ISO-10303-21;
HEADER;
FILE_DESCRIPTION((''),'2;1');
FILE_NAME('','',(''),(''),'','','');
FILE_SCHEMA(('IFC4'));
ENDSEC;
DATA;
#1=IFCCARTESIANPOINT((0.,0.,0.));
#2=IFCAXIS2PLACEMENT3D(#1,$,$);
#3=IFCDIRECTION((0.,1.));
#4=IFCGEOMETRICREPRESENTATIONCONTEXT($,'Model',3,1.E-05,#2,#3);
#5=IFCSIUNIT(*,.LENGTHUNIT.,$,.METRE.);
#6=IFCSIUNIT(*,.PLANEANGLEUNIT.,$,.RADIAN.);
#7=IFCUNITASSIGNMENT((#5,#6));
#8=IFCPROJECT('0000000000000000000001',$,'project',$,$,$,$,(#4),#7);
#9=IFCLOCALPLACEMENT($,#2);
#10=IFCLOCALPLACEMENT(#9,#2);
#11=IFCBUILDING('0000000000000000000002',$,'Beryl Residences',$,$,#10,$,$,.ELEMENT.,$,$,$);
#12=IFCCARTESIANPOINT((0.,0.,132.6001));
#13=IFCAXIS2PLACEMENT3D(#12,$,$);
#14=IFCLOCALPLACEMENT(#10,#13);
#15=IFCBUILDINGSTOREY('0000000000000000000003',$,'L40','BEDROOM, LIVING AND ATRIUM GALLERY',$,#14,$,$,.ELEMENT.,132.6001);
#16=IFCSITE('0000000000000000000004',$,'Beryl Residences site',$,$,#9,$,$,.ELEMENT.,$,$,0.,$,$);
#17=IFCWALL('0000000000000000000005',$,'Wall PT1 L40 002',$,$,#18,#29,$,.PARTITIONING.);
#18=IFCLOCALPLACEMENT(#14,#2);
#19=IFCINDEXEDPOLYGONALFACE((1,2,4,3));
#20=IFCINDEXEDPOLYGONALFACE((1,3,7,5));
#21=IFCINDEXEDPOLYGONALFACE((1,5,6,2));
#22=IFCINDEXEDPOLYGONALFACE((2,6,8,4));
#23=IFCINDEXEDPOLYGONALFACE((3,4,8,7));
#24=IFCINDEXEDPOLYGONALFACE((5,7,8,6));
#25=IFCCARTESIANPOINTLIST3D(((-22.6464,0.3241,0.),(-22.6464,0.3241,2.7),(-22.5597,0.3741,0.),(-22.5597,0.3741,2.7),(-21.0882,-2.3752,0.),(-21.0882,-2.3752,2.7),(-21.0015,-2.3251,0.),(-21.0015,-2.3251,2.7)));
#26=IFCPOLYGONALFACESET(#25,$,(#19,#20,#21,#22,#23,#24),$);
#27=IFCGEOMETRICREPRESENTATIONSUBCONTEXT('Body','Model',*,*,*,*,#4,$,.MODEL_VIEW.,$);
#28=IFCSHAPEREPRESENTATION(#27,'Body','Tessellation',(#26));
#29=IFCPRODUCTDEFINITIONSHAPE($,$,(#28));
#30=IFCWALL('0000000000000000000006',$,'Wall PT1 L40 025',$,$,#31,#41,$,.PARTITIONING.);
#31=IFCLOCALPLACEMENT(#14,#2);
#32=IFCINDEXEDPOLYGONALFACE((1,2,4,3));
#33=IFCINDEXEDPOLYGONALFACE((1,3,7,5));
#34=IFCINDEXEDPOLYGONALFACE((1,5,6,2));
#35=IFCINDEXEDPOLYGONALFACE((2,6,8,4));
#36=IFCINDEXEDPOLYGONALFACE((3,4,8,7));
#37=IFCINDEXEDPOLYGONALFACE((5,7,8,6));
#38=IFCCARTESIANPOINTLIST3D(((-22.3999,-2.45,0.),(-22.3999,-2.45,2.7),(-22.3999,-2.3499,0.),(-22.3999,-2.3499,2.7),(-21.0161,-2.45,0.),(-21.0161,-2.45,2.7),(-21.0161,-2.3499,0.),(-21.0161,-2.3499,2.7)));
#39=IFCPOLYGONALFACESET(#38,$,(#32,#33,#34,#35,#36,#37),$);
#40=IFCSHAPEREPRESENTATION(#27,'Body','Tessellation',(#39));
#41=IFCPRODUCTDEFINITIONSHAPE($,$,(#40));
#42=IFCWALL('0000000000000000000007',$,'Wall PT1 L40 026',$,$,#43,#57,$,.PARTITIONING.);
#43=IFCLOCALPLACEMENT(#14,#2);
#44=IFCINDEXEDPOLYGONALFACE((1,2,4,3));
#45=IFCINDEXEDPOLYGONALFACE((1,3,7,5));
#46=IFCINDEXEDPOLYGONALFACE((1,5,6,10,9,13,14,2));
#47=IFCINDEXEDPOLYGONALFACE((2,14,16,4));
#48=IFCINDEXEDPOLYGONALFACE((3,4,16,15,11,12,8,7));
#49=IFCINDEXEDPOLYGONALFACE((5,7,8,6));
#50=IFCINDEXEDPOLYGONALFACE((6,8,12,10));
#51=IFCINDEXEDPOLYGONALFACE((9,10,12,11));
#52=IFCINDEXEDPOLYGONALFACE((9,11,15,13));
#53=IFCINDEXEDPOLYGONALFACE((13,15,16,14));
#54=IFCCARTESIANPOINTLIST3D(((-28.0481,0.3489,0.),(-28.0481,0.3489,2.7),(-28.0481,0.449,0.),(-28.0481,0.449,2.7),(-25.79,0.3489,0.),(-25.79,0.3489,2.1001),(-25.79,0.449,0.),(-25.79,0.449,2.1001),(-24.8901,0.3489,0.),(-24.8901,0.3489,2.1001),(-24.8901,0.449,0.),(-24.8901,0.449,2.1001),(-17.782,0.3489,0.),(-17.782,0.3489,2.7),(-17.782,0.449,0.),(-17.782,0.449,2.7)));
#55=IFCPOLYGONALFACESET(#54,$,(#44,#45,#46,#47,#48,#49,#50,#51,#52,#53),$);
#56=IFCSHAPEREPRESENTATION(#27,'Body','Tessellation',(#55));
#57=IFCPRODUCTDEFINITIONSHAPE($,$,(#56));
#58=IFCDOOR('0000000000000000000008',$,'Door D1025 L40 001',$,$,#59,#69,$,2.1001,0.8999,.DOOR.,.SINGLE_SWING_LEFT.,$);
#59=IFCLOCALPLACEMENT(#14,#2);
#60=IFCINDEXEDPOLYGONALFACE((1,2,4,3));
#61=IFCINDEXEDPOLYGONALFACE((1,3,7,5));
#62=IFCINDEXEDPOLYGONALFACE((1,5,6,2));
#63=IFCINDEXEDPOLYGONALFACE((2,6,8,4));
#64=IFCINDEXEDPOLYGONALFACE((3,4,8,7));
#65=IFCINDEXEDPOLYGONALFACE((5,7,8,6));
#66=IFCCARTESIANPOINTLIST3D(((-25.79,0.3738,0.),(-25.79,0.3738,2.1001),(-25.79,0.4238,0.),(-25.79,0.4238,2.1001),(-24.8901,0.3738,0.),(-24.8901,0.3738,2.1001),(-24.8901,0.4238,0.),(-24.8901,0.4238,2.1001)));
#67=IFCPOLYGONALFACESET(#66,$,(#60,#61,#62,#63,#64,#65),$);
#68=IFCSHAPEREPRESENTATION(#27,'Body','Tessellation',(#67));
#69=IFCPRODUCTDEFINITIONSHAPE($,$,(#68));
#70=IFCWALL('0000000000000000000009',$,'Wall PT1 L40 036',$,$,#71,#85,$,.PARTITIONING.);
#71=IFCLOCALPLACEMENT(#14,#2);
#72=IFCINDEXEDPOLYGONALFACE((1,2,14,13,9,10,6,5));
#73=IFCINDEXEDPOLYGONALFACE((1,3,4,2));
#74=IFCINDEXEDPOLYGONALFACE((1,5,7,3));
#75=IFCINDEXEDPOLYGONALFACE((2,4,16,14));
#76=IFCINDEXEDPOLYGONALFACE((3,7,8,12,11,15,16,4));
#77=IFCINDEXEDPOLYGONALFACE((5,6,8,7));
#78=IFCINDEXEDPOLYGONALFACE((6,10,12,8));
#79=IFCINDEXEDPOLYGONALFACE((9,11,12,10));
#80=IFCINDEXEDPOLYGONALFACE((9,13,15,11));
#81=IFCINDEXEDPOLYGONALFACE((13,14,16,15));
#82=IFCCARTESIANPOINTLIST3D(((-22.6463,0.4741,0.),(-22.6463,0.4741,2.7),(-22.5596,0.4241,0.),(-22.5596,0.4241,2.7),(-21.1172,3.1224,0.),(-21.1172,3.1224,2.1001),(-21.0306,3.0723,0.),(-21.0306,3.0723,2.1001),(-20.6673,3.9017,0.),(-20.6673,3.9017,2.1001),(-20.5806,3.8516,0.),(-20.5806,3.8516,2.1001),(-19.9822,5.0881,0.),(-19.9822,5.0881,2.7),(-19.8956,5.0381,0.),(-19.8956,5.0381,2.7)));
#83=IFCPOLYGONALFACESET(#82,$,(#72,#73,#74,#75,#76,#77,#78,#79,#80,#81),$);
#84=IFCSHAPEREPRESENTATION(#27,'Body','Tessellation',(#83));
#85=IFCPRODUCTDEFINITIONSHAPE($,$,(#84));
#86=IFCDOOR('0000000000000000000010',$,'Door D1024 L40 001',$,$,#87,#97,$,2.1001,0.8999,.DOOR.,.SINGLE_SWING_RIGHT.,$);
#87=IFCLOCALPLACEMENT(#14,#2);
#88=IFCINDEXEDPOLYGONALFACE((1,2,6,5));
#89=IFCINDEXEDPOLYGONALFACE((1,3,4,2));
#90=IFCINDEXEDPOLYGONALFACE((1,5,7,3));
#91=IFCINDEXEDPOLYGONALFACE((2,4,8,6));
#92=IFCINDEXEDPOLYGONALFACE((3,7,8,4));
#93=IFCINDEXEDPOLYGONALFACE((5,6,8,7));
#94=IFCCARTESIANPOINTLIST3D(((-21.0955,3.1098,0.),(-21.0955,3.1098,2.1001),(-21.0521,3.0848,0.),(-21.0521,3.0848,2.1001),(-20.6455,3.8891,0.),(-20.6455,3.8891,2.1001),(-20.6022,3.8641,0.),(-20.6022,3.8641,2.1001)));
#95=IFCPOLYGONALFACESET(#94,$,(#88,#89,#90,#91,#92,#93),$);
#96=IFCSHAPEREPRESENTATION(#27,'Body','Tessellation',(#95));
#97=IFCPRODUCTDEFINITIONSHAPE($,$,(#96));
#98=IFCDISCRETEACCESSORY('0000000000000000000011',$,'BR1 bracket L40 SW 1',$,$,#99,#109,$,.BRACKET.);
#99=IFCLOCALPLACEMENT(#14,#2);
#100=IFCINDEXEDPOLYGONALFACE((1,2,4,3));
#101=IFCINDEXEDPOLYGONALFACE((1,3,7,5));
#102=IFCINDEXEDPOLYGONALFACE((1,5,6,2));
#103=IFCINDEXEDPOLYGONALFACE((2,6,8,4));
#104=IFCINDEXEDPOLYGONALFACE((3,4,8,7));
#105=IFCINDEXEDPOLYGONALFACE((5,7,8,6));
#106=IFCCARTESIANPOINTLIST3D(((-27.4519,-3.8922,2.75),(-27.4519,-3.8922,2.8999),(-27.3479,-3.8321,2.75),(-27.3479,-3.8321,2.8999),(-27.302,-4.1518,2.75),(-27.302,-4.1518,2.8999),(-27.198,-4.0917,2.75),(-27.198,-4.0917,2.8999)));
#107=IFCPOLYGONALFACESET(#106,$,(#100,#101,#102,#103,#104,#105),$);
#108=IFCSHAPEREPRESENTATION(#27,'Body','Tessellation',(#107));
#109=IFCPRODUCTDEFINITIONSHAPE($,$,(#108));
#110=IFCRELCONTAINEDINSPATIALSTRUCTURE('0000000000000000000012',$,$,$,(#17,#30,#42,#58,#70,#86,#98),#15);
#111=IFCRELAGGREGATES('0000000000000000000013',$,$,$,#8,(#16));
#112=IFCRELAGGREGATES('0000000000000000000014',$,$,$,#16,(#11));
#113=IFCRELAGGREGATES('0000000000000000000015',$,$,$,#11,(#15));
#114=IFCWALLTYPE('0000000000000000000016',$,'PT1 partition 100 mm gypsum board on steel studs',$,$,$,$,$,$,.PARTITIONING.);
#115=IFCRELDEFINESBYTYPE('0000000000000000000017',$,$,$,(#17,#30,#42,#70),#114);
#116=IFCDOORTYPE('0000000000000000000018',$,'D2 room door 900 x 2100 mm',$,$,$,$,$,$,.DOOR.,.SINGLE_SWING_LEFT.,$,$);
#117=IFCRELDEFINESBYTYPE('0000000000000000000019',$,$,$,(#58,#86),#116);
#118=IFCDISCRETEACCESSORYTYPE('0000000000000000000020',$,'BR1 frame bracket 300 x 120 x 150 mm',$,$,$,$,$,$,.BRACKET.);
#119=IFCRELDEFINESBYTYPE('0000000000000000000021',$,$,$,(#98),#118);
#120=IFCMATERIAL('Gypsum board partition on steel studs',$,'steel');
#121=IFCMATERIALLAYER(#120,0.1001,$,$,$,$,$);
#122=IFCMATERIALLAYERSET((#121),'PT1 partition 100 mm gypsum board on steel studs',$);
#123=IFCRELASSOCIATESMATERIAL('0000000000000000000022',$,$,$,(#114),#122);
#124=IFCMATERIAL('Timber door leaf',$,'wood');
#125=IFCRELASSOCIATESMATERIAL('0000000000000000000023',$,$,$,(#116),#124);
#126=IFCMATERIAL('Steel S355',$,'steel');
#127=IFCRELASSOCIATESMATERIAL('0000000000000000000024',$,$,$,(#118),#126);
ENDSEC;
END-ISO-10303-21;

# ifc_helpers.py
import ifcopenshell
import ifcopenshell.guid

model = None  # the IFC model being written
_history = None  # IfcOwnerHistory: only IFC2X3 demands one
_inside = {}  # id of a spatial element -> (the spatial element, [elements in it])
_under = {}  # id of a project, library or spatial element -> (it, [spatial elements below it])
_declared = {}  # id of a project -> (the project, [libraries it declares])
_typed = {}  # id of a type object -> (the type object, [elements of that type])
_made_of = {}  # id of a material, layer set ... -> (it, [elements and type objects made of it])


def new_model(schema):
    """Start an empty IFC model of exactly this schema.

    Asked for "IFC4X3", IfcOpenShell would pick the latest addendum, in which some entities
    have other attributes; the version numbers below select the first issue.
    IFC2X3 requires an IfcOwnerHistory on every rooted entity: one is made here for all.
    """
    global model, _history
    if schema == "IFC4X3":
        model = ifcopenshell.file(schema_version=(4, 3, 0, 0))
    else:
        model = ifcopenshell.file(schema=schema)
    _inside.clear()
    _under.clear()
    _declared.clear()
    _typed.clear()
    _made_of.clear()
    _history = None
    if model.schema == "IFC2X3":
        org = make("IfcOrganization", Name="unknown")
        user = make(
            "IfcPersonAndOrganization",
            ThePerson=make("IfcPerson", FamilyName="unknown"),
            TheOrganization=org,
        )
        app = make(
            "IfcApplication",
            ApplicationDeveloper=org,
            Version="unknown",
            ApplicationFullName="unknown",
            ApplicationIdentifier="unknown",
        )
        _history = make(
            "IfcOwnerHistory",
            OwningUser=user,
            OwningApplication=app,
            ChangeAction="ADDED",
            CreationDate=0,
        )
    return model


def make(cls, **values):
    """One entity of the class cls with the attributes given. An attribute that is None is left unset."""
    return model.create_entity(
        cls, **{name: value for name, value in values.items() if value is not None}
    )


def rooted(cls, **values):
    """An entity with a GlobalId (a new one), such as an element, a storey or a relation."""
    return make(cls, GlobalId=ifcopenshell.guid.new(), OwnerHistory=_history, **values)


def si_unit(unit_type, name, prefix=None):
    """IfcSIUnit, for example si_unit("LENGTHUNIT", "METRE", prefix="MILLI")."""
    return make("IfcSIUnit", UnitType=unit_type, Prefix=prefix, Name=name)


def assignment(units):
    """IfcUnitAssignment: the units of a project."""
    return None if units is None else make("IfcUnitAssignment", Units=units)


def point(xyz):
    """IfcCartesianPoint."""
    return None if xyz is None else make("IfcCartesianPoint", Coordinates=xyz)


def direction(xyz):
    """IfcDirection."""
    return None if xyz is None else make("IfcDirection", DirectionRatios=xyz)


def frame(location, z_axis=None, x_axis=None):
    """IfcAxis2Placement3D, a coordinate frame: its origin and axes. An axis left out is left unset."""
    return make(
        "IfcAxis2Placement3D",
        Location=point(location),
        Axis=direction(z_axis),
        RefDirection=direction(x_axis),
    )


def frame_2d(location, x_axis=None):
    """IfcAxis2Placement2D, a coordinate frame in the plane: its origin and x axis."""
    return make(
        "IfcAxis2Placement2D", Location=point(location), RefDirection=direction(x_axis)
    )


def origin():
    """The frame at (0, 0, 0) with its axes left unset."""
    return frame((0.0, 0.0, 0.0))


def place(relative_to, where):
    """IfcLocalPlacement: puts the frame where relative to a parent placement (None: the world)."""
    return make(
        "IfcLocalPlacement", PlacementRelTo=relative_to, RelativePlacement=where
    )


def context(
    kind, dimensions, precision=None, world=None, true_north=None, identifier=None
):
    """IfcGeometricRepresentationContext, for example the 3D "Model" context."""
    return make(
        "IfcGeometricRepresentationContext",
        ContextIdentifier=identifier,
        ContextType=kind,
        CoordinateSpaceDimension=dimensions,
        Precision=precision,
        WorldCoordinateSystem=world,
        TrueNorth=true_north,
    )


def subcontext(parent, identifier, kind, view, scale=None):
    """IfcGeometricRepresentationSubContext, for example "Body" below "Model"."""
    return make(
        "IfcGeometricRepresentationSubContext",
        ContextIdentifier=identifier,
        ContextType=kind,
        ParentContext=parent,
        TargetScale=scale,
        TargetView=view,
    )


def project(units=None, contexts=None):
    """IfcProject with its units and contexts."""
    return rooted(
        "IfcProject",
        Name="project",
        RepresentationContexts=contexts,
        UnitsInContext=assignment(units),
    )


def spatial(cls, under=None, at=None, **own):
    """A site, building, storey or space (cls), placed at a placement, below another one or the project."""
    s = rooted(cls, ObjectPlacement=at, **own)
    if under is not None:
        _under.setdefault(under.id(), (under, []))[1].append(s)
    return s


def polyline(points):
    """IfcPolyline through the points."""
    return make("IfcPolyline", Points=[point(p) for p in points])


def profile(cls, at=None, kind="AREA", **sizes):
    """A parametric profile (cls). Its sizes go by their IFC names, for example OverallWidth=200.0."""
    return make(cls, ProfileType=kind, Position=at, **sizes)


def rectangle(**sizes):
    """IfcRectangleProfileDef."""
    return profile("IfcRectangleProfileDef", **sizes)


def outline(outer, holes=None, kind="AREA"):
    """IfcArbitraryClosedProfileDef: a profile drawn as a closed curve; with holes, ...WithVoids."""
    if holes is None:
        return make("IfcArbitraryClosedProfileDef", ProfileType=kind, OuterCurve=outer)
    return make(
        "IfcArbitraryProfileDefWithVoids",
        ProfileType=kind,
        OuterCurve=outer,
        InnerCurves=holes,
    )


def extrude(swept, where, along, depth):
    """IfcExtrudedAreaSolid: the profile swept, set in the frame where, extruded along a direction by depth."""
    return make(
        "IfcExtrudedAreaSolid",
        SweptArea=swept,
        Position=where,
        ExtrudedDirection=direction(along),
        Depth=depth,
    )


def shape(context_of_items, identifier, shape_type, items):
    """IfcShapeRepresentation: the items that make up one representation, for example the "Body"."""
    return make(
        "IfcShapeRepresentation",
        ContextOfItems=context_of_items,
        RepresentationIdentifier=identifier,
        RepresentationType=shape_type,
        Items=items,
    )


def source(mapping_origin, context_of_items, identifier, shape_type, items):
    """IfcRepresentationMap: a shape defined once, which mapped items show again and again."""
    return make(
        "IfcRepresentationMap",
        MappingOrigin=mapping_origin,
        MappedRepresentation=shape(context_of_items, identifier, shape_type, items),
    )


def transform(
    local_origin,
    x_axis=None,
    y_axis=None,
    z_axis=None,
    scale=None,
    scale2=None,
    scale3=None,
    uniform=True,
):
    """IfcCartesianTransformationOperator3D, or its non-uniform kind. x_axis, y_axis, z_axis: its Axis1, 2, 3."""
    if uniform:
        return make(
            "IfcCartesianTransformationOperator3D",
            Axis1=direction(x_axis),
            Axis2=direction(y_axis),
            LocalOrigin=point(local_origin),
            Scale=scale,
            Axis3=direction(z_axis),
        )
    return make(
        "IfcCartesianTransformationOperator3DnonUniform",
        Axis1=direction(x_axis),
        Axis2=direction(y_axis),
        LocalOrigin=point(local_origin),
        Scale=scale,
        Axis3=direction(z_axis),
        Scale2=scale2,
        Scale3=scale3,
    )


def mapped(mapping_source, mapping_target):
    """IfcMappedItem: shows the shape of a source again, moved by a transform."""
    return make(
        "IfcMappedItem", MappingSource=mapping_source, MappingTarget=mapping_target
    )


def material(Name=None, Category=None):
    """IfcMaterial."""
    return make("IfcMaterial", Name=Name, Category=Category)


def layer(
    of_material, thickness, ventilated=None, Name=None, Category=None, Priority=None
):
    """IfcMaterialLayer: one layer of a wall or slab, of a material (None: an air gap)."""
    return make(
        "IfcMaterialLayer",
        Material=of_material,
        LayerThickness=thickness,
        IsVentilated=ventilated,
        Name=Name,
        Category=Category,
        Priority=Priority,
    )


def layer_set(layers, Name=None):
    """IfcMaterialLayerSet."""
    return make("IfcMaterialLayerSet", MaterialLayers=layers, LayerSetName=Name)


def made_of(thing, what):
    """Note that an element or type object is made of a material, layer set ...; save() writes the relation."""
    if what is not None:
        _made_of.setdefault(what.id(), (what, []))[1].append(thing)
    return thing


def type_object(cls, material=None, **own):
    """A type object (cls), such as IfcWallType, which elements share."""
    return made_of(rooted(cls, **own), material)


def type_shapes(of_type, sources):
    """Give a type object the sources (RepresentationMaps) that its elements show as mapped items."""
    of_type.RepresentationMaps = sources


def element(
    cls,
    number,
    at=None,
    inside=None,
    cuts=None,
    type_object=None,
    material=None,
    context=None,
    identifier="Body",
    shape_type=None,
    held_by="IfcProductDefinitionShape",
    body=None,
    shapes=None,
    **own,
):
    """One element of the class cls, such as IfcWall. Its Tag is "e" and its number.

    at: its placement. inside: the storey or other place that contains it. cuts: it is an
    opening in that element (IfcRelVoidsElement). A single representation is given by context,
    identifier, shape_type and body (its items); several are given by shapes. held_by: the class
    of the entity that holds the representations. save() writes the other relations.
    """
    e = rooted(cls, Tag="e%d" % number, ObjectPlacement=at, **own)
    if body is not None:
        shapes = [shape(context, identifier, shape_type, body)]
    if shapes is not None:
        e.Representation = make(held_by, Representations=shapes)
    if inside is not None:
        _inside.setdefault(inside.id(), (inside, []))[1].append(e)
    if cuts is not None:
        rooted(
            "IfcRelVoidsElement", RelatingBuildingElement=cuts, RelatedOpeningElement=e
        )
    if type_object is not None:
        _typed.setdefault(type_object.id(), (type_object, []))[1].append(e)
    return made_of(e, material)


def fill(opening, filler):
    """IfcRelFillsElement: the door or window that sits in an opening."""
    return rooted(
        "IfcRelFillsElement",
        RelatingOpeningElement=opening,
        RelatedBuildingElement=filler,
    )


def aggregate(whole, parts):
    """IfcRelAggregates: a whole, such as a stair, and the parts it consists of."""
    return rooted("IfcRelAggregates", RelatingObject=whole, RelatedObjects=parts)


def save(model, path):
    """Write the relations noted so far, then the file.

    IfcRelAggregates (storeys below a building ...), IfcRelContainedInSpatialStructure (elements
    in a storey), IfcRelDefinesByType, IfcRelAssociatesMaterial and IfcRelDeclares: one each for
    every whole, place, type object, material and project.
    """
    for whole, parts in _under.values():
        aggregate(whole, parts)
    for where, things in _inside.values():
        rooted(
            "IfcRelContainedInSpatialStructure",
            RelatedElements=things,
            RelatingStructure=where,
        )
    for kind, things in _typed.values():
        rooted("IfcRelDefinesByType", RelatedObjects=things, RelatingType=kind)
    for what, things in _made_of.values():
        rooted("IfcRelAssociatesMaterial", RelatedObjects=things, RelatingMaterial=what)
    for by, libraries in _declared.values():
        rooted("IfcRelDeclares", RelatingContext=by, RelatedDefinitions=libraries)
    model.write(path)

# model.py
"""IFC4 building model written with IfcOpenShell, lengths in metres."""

from ifc_helpers import new_model, si_unit, direction, frame, frame_2d, origin, place, context, subcontext, project, spatial, polyline, rectangle, outline, extrude, source, transform, mapped, material, layer, layer_set, type_object, type_shapes, element, fill, save


model = new_model("IFC4")

# Units and contexts
model_context = context("Model", 3, precision=1e-05, world=origin(), true_north=direction((0.0, 1.0)))
body_context = subcontext(model_context, "Body", "Model", "MODEL_VIEW")
ifc_project = project(units=[si_unit("LENGTHUNIT", "METRE"), si_unit("PLANEANGLEUNIT", "RADIAN")], contexts=[model_context])

# Site, building, storey
site_placement = place(None, origin())
site = spatial("IfcSite", under=ifc_project, at=site_placement, Name="Beryl Residences site", CompositionType="ELEMENT", RefElevation=0.0)
building_placement = place(site_placement, origin())
building = spatial("IfcBuilding", under=site, at=building_placement, Name="Beryl Residences", CompositionType="ELEMENT")
storey_placement = place(building_placement, frame((0.0, 0.0, 132.6001)))
storey = spatial("IfcBuildingStorey", under=building, at=storey_placement, Name="L40", Description="BEDROOM, LIVING AND ATRIUM GALLERY", CompositionType="ELEMENT", Elevation=132.6001)

# Walls
ifc_material_1 = material(Name="Gypsum board partition on steel studs", Category="steel")
ifc_layer_1 = layer(ifc_material_1, 0.1001)
ifc_layer_set_1 = layer_set([ifc_layer_1], Name="PT1 partition 100 mm gypsum board on steel studs")
wall_type_1 = type_object("IfcWallType", Name="PT1 partition 100 mm gypsum board on steel studs", PredefinedType="PARTITIONING", material=ifc_layer_set_1)
wall_1_placement = place(storey_placement, frame((-22.603, 0.3491, 0.0), z_axis=(0.0, 0.0, 1.0), x_axis=(0.49993, -0.866066, 0.0)))
element("IfcWall", 1, at=wall_1_placement, inside=storey, type_object=wall_type_1, Name="Wall PT1 L40 002", PredefinedType="PARTITIONING", context=body_context, shape_type="SweptSolid", body=[
    extrude(rectangle(XDim=3.1167, YDim=0.1001, at=frame_2d((1.5583, 0.0))), origin(), (0.0, 0.0, 1.0), 2.7),
])
wall_2_placement = place(storey_placement, frame((-22.3999, -2.3999, 0.0), z_axis=(0.0, 0.0, 1.0), x_axis=(1.0, 0.0, 0.0)))
element("IfcWall", 2, at=wall_2_placement, inside=storey, type_object=wall_type_1, Name="Wall PT1 L40 025", PredefinedType="PARTITIONING", context=body_context, shape_type="SweptSolid", body=[
    extrude(rectangle(XDim=1.3838, YDim=0.1001, at=frame_2d((0.6919, 0.0))), origin(), (0.0, 0.0, 1.0), 2.7),
])

# Walls, openings, doors
wall_3_placement = place(storey_placement, frame((-28.0481, 0.3989, 0.0), z_axis=(0.0, 0.0, 1.0), x_axis=(1.0, 0.0, 0.0)))
wall_3 = element("IfcWall", 3, at=wall_3_placement, inside=storey, type_object=wall_type_1, Name="Wall PT1 L40 026", PredefinedType="PARTITIONING", context=body_context, shape_type="SweptSolid", body=[
    extrude(rectangle(XDim=10.2661, YDim=0.1001, at=frame_2d((5.1331, 0.0))), origin(), (0.0, 0.0, 1.0), 2.7),
])
opening_1_placement = place(wall_3_placement, frame((2.2581, 0.0, 0.0)))
opening_1 = element("IfcOpeningElement", 4, at=opening_1_placement, cuts=wall_3, PredefinedType="OPENING", context=body_context, shape_type="SweptSolid", body=[
    extrude(rectangle(XDim=0.8999, YDim=2.1001, at=frame_2d((0.45, 1.05))), frame((0.0, 0.0601, 0.0), z_axis=(0.0, -1.0, 0.0), x_axis=(1.0, 0.0, 0.0)), (0.0, 0.0, 1.0), 0.1201),
])
ifc_material_2 = material(Name="Timber door leaf", Category="wood")
door_type = type_object("IfcDoorType", Name="D2 room door 900 x 2100 mm", OperationType="SINGLE_SWING_LEFT", PredefinedType="DOOR", material=ifc_material_2)
door_1_placement = place(opening_1_placement, origin())
door_1 = element("IfcDoor", 5, at=door_1_placement, inside=storey, type_object=door_type, Name="Door D1025 L40 001", OperationType="SINGLE_SWING_LEFT", OverallHeight=2.1001, OverallWidth=0.8999, PredefinedType="DOOR", context=body_context, shape_type="SweptSolid", body=[
    extrude(rectangle(XDim=0.8999, YDim=2.1001, at=frame_2d((0.45, 1.05))), frame((0.0, 0.0249, 0.0), z_axis=(0.0, -1.0, 0.0), x_axis=(1.0, 0.0, 0.0)), (0.0, 0.0, 1.0), 0.05),
])
fill(opening_1, door_1)
wall_4_placement = place(storey_placement, frame((-22.603, 0.449, 0.0), z_axis=(0.0, 0.0, 1.0), x_axis=(0.500023, 0.866012, 0.0)))
wall_4 = element("IfcWall", 6, at=wall_4_placement, inside=storey, type_object=wall_type_1, Name="Wall PT1 L40 036", PredefinedType="PARTITIONING", context=body_context, shape_type="SweptSolid", body=[
    extrude(rectangle(XDim=5.3279, YDim=0.1001, at=frame_2d((2.6641, 0.0))), origin(), (0.0, 0.0, 1.0), 2.7),
])
opening_2_placement = place(wall_4_placement, frame((3.0581, 0.0, 0.0)))
opening_2 = element("IfcOpeningElement", 7, at=opening_2_placement, cuts=wall_4, PredefinedType="OPENING", context=body_context, shape_type="SweptSolid", body=[
    extrude(rectangle(XDim=0.8999, YDim=2.1001, at=frame_2d((0.45, 1.05))), frame((0.0, 0.0601, 0.0), z_axis=(0.0, -1.0, 0.0), x_axis=(1.0, 0.0, 0.0)), (0.0, 0.0, 1.0), 0.1201),
])
door_2_placement = place(opening_2_placement, origin())
door_2 = element("IfcDoor", 8, at=door_2_placement, inside=storey, type_object=door_type, Name="Door D1024 L40 001", OperationType="SINGLE_SWING_RIGHT", OverallHeight=2.1001, OverallWidth=0.8999, PredefinedType="DOOR", context=body_context, shape_type="SweptSolid", body=[
    extrude(rectangle(XDim=0.8999, YDim=2.1001, at=frame_2d((0.45, 1.05))), frame((0.0, 0.0249, 0.0), z_axis=(0.0, -1.0, 0.0), x_axis=(1.0, 0.0, 0.0)), (0.0, 0.0, 1.0), 0.05),
])
fill(opening_2, door_2)

# Discrete accessory
ifc_material_3 = material(Name="Steel S355", Category="steel")
discrete_accessory_type = type_object("IfcDiscreteAccessoryType", Name="BR1 frame bracket 300 x 120 x 150 mm", PredefinedType="BRACKET", material=ifc_material_3)
shared_shape_1 = source(origin(), body_context, "Body", "SweptSolid", [
    extrude(outline(polyline([(-0.1499, 0.0), (0.1499, 0.0), (0.1499, 0.1201), (-0.1499, 0.1201), (-0.1499, 0.0)])), origin(), (0.0, 0.0, 1.0), 0.1499),
])
type_shapes(discrete_accessory_type, [shared_shape_1])
discrete_accessory_placement = place(storey_placement, frame((-27.2729, -3.9619, 2.75), z_axis=(0.0, 0.0, 1.0), x_axis=(-0.5, 0.866025, 0.0)))
element("IfcDiscreteAccessory", 9, at=discrete_accessory_placement, inside=storey, type_object=discrete_accessory_type, Name="BR1 bracket L40 SW 1", PredefinedType="BRACKET", context=body_context, shape_type="MappedRepresentation", body=[
    mapped(shared_shape_1, transform((0.0, 0.0, 0.0))),
])

save(model, "model.ifc")
